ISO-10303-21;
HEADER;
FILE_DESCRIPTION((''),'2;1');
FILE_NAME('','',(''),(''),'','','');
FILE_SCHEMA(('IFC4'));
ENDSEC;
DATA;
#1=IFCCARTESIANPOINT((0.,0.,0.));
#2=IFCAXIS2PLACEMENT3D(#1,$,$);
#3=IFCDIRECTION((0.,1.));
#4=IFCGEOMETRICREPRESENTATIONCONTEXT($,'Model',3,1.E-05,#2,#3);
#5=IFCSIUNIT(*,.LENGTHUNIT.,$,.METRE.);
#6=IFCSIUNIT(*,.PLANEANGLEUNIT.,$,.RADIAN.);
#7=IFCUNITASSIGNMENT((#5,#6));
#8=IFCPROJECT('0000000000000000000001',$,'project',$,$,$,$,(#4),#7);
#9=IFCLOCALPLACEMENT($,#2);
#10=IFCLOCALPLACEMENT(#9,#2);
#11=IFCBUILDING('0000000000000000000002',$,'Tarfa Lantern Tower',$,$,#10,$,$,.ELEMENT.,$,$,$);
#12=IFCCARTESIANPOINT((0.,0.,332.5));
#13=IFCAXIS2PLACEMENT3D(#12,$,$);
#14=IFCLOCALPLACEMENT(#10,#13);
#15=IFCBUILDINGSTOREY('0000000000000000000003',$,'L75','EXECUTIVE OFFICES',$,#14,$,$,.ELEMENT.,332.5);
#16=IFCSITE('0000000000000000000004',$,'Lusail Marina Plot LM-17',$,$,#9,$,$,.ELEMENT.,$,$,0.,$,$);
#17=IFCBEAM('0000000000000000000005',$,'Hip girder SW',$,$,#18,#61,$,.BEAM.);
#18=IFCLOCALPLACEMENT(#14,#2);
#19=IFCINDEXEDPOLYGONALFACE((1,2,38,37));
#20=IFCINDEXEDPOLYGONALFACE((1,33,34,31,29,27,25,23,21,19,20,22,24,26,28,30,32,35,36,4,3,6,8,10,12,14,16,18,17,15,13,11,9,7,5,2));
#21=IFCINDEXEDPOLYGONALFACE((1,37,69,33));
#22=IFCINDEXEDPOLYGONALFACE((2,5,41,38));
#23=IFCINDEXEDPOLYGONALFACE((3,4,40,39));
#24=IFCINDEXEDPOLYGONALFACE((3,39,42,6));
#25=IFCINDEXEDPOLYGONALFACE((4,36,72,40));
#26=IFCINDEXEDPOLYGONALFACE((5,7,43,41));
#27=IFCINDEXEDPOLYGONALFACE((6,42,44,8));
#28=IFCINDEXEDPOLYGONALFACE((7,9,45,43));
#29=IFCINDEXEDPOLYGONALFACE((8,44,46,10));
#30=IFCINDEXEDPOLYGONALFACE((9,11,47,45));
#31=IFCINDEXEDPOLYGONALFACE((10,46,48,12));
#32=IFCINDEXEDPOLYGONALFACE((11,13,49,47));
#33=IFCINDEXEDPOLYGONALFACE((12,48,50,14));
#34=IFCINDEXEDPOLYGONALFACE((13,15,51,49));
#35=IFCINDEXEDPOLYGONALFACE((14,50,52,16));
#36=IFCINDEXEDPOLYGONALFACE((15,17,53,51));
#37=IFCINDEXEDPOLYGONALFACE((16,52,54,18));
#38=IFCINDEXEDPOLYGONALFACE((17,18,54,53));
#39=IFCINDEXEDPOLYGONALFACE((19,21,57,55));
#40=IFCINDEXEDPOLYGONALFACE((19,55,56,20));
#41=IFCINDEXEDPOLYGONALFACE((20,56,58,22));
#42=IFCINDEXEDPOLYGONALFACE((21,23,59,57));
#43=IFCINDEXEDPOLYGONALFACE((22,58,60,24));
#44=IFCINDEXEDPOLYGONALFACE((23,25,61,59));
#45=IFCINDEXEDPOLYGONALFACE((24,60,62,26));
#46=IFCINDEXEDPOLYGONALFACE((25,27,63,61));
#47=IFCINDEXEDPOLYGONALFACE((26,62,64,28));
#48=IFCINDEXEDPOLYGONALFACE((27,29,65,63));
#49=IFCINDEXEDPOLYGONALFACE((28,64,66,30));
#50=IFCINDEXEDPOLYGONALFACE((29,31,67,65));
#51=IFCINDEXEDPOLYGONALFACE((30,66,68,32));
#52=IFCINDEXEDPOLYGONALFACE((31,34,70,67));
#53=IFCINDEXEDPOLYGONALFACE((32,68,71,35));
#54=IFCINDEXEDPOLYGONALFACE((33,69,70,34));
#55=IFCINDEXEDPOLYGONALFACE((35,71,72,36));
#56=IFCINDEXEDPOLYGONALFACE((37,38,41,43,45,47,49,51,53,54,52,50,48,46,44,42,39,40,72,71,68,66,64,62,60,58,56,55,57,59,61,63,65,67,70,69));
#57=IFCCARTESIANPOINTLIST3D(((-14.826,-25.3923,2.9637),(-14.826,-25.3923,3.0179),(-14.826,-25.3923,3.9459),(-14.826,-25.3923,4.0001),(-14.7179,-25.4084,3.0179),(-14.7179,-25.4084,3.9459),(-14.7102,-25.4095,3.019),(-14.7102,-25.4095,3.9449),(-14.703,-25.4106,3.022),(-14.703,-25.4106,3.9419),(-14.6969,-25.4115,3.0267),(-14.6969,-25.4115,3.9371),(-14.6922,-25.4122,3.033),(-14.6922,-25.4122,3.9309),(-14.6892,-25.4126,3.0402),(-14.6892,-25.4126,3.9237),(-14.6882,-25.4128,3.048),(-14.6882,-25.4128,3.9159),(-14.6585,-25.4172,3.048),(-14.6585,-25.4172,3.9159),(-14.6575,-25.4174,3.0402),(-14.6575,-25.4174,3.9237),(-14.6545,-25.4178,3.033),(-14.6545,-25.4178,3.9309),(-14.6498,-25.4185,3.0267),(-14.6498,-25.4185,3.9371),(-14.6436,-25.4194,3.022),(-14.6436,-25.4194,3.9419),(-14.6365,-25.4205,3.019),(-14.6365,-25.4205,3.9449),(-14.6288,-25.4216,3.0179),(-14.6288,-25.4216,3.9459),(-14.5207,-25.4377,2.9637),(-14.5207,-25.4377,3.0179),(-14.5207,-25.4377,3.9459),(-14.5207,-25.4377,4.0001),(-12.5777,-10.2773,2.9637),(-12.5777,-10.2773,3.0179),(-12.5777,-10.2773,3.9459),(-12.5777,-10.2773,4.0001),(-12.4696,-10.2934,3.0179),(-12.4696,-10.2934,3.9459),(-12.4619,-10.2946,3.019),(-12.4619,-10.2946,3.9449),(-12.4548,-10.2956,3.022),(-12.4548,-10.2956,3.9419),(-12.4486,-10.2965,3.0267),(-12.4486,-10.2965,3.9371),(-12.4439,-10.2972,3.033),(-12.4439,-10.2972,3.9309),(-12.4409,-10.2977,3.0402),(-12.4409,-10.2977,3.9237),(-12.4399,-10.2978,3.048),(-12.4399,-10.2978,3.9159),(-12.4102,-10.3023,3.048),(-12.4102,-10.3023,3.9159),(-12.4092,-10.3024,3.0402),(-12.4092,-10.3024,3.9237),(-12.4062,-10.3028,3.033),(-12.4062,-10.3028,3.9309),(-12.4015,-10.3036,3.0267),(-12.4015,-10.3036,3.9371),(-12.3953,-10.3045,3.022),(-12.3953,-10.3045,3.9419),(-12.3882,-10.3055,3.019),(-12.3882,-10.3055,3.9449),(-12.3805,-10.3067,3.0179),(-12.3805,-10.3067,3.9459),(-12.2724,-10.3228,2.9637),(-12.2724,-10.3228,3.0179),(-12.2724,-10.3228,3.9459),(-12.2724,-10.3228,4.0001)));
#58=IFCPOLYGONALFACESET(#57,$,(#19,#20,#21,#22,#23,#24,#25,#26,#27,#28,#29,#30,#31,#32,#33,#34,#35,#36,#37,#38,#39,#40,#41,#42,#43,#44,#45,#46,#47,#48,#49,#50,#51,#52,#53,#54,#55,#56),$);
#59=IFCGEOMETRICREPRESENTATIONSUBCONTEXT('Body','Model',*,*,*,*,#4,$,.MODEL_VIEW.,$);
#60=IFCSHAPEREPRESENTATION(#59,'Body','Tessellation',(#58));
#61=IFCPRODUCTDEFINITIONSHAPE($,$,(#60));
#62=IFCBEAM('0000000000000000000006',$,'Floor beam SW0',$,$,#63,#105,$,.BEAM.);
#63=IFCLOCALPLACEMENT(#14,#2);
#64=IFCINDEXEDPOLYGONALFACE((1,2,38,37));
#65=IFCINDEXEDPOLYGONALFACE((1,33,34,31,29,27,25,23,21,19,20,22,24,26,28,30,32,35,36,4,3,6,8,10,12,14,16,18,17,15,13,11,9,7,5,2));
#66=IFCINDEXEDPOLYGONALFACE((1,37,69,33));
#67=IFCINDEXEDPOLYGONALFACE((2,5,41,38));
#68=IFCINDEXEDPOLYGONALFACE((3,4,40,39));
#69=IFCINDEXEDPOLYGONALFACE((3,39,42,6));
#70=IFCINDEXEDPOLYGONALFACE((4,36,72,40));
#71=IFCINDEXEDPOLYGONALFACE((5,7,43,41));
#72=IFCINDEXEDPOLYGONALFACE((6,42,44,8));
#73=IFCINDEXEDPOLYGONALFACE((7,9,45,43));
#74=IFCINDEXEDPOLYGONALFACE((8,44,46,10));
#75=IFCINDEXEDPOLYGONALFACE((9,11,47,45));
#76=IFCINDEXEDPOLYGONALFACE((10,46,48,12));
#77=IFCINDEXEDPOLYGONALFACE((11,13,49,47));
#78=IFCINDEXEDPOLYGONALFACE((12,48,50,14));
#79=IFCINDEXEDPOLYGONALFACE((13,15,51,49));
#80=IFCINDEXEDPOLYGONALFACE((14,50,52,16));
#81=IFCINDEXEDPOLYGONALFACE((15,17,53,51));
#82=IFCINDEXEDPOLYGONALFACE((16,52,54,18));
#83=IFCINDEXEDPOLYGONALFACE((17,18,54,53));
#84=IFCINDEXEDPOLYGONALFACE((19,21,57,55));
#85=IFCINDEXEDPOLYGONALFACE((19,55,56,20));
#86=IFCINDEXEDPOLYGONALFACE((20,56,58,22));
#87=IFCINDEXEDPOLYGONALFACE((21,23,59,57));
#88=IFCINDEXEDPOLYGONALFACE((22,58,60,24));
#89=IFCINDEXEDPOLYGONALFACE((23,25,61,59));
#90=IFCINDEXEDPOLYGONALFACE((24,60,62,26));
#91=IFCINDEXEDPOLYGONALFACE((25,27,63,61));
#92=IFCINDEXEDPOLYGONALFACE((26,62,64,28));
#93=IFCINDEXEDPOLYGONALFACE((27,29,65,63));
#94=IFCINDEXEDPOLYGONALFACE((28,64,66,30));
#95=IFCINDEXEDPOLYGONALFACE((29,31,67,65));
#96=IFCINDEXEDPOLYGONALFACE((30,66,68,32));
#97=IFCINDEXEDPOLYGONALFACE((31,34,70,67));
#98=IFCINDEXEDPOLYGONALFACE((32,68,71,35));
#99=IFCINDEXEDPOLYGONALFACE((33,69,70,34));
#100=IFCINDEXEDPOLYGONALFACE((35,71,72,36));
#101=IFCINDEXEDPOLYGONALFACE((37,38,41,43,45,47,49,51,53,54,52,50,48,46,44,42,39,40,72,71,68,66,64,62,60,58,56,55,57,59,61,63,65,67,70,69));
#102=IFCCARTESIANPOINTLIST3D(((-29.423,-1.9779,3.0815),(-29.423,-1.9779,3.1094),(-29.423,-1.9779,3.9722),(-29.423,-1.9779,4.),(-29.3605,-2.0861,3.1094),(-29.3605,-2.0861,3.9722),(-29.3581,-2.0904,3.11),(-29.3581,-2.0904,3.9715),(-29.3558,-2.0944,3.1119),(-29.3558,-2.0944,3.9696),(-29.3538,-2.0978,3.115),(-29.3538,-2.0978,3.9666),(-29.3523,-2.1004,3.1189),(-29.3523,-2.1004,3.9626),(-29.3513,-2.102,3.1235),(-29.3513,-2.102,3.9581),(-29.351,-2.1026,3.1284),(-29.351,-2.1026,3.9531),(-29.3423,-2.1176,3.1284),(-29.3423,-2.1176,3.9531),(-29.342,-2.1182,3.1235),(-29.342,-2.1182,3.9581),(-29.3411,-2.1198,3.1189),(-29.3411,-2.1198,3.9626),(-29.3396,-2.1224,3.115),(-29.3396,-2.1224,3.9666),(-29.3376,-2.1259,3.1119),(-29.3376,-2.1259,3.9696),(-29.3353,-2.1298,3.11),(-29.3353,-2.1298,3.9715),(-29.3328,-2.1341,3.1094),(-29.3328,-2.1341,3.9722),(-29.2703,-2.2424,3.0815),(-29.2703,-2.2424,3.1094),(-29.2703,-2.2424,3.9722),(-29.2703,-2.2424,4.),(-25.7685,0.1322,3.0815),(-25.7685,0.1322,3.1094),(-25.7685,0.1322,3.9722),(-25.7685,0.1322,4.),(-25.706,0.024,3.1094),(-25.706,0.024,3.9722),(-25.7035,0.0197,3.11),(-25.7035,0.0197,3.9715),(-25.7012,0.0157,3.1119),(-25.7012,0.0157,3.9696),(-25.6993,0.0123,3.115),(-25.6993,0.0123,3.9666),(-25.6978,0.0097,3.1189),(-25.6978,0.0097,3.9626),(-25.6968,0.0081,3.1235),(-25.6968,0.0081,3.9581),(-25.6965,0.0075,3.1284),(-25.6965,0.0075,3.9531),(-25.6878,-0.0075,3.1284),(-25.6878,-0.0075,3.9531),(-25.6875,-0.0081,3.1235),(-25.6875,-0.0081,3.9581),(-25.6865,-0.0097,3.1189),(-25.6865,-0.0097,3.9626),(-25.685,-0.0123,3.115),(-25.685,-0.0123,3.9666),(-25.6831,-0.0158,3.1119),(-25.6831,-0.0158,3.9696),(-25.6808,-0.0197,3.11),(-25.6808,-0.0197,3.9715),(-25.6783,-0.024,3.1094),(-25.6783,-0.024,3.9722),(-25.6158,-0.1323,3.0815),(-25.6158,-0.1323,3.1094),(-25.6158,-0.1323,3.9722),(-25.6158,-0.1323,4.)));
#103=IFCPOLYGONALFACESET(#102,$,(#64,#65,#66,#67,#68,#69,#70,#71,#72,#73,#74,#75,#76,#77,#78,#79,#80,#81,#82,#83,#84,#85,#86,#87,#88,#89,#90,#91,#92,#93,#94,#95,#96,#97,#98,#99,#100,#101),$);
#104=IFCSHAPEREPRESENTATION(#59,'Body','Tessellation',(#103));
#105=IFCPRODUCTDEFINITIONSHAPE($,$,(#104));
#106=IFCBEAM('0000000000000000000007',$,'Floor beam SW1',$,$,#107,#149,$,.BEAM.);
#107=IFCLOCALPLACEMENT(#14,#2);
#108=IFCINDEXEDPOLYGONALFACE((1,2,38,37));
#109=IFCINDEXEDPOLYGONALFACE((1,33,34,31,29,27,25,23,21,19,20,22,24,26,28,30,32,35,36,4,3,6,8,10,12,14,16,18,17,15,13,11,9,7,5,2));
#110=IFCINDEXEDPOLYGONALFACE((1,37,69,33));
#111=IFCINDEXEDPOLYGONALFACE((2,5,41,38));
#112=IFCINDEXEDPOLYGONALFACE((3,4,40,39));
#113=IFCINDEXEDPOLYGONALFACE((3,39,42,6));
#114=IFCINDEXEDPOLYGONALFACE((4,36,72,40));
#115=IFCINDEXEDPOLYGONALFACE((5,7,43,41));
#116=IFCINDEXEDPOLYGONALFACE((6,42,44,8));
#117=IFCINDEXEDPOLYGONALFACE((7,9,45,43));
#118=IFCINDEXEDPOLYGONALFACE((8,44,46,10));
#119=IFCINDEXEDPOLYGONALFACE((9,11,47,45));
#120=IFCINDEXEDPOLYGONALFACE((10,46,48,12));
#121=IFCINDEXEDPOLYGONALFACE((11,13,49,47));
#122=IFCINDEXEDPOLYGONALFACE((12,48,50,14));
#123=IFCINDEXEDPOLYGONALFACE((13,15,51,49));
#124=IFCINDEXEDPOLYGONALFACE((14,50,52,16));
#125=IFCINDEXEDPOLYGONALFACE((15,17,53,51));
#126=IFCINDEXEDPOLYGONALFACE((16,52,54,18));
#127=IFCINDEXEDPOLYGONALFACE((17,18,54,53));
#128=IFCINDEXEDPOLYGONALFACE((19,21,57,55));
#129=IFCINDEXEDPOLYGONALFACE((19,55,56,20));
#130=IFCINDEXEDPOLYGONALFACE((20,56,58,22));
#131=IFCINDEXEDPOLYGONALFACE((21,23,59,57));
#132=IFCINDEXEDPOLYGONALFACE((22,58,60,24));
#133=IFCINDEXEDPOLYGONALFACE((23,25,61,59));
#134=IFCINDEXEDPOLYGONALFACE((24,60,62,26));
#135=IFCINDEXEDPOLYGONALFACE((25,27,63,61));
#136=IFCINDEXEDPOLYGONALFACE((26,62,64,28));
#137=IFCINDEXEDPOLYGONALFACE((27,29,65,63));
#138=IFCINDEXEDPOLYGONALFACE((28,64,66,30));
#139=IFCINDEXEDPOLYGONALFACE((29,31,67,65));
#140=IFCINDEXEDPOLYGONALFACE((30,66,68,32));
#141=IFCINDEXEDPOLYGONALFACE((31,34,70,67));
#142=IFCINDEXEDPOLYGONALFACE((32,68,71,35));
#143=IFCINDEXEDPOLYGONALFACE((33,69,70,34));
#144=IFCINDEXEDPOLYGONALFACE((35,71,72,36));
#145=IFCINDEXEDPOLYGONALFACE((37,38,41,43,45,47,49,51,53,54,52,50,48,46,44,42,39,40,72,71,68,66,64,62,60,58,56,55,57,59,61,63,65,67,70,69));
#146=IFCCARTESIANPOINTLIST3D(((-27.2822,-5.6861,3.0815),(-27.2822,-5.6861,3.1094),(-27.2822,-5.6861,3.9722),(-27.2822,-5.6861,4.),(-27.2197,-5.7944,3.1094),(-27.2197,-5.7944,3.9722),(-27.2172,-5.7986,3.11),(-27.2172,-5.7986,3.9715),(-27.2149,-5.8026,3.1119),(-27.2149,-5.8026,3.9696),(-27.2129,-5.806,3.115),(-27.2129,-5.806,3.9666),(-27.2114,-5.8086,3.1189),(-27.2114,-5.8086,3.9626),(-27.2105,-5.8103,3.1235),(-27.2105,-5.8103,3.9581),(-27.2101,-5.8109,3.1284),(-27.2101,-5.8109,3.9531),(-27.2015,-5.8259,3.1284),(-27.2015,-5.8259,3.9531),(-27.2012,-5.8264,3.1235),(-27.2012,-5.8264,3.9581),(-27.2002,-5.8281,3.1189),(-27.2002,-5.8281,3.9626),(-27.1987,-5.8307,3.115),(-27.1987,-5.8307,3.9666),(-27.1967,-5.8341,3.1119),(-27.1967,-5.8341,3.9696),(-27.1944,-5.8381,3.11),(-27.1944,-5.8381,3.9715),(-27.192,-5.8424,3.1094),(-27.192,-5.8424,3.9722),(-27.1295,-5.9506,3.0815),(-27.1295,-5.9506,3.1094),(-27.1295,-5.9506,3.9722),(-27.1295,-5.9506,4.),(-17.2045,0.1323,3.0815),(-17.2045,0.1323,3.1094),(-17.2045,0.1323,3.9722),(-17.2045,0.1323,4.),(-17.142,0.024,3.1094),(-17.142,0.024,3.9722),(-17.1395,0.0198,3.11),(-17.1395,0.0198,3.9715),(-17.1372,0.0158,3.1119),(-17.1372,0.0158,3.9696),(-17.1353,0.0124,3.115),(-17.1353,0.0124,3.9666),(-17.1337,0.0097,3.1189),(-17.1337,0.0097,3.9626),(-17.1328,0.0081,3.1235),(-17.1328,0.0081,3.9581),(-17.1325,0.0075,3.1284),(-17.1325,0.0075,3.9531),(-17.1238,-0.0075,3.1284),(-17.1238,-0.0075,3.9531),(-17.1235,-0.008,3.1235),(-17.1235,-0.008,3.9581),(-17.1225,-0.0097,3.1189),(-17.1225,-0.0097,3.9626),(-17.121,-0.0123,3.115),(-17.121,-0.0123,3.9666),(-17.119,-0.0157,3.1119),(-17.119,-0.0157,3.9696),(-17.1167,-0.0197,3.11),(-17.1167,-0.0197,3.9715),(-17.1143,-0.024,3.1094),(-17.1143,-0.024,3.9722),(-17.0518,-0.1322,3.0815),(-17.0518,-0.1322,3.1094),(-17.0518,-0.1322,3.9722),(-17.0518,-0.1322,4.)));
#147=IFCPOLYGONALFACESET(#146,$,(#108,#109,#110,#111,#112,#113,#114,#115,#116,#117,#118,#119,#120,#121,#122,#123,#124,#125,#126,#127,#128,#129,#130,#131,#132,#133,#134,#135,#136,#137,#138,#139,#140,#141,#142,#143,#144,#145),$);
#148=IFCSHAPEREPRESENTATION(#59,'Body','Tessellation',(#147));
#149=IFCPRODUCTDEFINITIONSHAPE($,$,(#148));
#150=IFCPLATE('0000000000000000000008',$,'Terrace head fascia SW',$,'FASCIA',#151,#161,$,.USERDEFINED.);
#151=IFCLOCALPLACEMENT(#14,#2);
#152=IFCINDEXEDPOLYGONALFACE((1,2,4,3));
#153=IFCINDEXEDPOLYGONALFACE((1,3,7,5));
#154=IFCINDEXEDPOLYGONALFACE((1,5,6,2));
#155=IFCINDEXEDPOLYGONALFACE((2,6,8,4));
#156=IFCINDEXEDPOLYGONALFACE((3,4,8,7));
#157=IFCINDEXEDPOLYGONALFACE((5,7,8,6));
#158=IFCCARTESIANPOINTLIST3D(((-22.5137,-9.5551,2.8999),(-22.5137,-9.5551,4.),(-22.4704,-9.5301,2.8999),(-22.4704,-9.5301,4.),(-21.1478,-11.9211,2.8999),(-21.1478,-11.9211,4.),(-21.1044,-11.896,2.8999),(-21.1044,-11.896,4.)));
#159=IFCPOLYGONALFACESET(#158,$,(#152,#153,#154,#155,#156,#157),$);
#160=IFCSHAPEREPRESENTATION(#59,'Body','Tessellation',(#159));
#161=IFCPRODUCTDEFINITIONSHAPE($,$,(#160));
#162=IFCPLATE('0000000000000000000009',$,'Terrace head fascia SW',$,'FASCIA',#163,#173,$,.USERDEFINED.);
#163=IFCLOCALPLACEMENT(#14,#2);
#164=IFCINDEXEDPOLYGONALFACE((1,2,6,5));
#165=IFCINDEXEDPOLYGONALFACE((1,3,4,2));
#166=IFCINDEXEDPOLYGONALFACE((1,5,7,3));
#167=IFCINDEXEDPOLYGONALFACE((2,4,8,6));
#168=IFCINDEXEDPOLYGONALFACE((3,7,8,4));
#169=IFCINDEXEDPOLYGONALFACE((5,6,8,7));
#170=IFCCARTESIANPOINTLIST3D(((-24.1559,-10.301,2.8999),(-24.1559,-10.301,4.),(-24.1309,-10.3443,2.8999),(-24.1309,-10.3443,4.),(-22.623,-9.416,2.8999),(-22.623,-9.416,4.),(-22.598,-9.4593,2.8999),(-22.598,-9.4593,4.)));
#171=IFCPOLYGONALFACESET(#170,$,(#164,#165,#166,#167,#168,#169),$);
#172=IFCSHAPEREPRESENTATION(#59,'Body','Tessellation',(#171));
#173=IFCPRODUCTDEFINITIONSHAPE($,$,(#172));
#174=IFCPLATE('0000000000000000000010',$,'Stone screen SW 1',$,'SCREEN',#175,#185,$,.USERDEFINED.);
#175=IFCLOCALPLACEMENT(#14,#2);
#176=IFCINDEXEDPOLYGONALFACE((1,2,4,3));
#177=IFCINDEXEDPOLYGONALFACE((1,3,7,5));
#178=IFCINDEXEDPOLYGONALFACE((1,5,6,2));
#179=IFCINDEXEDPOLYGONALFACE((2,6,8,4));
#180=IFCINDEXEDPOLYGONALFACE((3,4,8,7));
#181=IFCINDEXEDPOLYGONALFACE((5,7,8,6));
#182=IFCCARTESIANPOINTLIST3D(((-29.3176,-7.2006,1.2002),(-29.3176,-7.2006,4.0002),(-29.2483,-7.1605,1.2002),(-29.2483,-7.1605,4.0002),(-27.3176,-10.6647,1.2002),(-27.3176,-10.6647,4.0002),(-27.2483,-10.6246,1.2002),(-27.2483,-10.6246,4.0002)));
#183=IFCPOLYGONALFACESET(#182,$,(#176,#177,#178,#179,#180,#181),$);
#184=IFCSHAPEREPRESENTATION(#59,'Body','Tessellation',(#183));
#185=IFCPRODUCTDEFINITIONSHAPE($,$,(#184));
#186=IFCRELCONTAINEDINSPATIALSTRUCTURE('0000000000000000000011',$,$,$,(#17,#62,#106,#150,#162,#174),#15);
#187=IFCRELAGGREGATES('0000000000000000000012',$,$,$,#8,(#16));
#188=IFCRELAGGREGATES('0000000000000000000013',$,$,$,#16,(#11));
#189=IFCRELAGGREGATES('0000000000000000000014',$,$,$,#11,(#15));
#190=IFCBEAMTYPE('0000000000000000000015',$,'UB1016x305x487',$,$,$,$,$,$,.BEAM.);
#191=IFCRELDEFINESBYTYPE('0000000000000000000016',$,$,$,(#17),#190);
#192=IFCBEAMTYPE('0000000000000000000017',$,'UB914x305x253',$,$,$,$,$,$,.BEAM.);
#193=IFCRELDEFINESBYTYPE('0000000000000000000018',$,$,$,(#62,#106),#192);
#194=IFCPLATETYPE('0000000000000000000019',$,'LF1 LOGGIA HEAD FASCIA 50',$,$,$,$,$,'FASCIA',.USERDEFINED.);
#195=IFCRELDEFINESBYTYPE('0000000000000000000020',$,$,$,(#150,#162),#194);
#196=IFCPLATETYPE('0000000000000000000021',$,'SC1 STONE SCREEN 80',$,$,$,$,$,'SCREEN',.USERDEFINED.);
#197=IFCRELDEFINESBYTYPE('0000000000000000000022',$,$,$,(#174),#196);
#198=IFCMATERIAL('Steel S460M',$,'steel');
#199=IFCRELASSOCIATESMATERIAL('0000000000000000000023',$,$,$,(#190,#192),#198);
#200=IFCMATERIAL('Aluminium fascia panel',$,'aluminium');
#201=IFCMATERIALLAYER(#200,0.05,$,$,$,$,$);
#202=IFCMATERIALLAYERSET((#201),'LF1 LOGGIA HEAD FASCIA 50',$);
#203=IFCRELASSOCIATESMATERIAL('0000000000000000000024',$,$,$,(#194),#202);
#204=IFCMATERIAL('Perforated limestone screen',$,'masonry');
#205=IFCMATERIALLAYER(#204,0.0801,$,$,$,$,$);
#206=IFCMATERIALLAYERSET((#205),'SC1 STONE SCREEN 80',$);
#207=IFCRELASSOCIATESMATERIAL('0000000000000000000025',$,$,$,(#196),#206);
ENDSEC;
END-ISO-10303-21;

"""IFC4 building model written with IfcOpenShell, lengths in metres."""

from ifc_helpers import new_model, si_unit, direction, frame, origin, origin_2d, place, context, subcontext, project, spatial, rectangle, i_section, extrude, material, layer, layer_set, material_profile, profile_set, type_object, element, save


model = new_model("IFC4")

# Units and contexts
model_context = context("Model", 3, precision=1e-05, world=origin(), true_north=direction((0.0, 1.0)))
body_context = subcontext(model_context, "Body", "Model", "MODEL_VIEW")
ifc_project = project(units=[si_unit("LENGTHUNIT", "METRE"), si_unit("PLANEANGLEUNIT", "RADIAN")], contexts=[model_context])

# Site, building, storey
site_placement = place(None, origin())
site = spatial("IfcSite", under=ifc_project, at=site_placement, Name="Lusail Marina Plot LM-17", CompositionType="ELEMENT", RefElevation=0.0)
building_placement = place(site_placement, origin())
building = spatial("IfcBuilding", under=site, at=building_placement, Name="Tarfa Lantern Tower", CompositionType="ELEMENT")
storey_placement = place(building_placement, frame((0.0, 0.0, 332.5)))
storey = spatial("IfcBuildingStorey", under=building, at=storey_placement, Name="L75", Description="EXECUTIVE OFFICES", CompositionType="ELEMENT", Elevation=332.5)

# Beams
ifc_material_1 = material(Name="Steel S460M", Category="steel")
ifc_material_profile_1 = material_profile(ifc_material_1, i_section(OverallWidth=0.3086, OverallDepth=1.0364, WebThickness=0.03, FlangeThickness=0.0542, FilletRadius=0.03, at=origin_2d()), Name="UB1016x305x487")
ifc_profile_set_1 = profile_set([ifc_material_profile_1], Name="Steel S460M")
beam_type_1 = type_object("IfcBeamType", Name="UB1016x305x487", PredefinedType="BEAM", material=ifc_profile_set_1)
beam_1_placement = place(storey_placement, frame((-12.425, -10.3, 3.4819), z_axis=(-0.147127, -0.989118, 0.0), x_axis=(0.989118, -0.147127, 0.0)))
element("IfcBeam", 1, at=beam_1_placement, inside=storey, type_object=beam_type_1, Name="Hip girder SW", PredefinedType="BEAM", context=body_context, shape_type="SweptSolid", body=[
    extrude(i_section(OverallWidth=0.3086, OverallDepth=1.0364, WebThickness=0.03, FlangeThickness=0.0542, FilletRadius=0.03, at=origin_2d()), origin(), (0.0, 0.0, 1.0), 15.2812),
])
ifc_material_profile_2 = material_profile(ifc_material_1, i_section(OverallWidth=0.3054, OverallDepth=0.9185, WebThickness=0.0173, FlangeThickness=0.0278, FilletRadius=0.019, at=origin_2d()), Name="UB914x305x253")
ifc_profile_set_2 = profile_set([ifc_material_profile_2], Name="Steel S460M")
beam_type_2 = type_object("IfcBeamType", Name="UB914x305x253", PredefinedType="BEAM", material=ifc_profile_set_2)
beam_2_placement = place(storey_placement, frame((-29.3467, -2.1101, 3.5408), z_axis=(0.866009, 0.500028, 0.0), x_axis=(-0.500028, 0.866009, 0.0)))
element("IfcBeam", 2, at=beam_2_placement, inside=storey, type_object=beam_type_2, Name="Floor beam SW0", PredefinedType="BEAM", context=body_context, shape_type="SweptSolid", body=[
    extrude(i_section(OverallWidth=0.3054, OverallDepth=0.9185, WebThickness=0.0173, FlangeThickness=0.0278, FilletRadius=0.019, at=origin_2d()), origin(), (0.0, 0.0, 1.0), 4.22),
])
beam_3_placement = place(storey_placement, frame((-27.2058, -5.8184, 3.5408), z_axis=(0.866024, 0.500002, 0.0), x_axis=(-0.500002, 0.866024, 0.0)))
element("IfcBeam", 3, at=beam_3_placement, inside=storey, type_object=beam_type_2, Name="Floor beam SW1", PredefinedType="BEAM", context=body_context, shape_type="SweptSolid", body=[
    extrude(i_section(OverallWidth=0.3054, OverallDepth=0.9185, WebThickness=0.0173, FlangeThickness=0.0278, FilletRadius=0.019, at=origin_2d()), origin(), (0.0, 0.0, 1.0), 11.6367),
])

# Plates
ifc_material_2 = material(Name="Aluminium fascia panel", Category="aluminium")
ifc_layer_1 = layer(ifc_material_2, 0.05)
ifc_layer_set_1 = layer_set([ifc_layer_1], Name="LF1 LOGGIA HEAD FASCIA 50")
plate_type_1 = type_object("IfcPlateType", Name="LF1 LOGGIA HEAD FASCIA 50", ElementType="FASCIA", PredefinedType="USERDEFINED", material=ifc_layer_set_1)
plate_1_placement = place(storey_placement, frame((-21.8091, -10.7256, 2.8999), z_axis=(0.0, 0.0, 1.0), x_axis=(0.5, -0.866025, 0.0)))
element("IfcPlate", 4, at=plate_1_placement, inside=storey, type_object=plate_type_1, Name="Terrace head fascia SW", ObjectType="FASCIA", PredefinedType="USERDEFINED", context=body_context, shape_type="SweptSolid", body=[
    extrude(rectangle(XDim=2.7319, YDim=0.05, at=origin_2d()), origin(), (0.0, 0.0, 1.0), 1.1001),
])
plate_2_placement = place(storey_placement, frame((-23.377, -9.8801, 2.8999), z_axis=(0.0, 0.0, 1.0), x_axis=(0.866025, 0.5, 0.0)))
element("IfcPlate", 5, at=plate_2_placement, inside=storey, type_object=plate_type_1, Name="Terrace head fascia SW", ObjectType="FASCIA", PredefinedType="USERDEFINED", context=body_context, shape_type="SweptSolid", body=[
    extrude(rectangle(XDim=1.77, YDim=0.05, at=origin_2d()), origin(), (0.0, 0.0, 1.0), 1.1001),
])
ifc_material_3 = material(Name="Perforated limestone screen", Category="masonry")
ifc_layer_2 = layer(ifc_material_3, 0.0801)
ifc_layer_set_2 = layer_set([ifc_layer_2], Name="SC1 STONE SCREEN 80")
plate_type_2 = type_object("IfcPlateType", Name="SC1 STONE SCREEN 80", ElementType="SCREEN", PredefinedType="USERDEFINED", material=ifc_layer_set_2)
plate_3_placement = place(storey_placement, frame((-28.283, -8.9126, 1.2002), z_axis=(0.0, 0.0, 1.0), x_axis=(0.5, -0.866025, 0.0)))
element("IfcPlate", 6, at=plate_3_placement, inside=storey, type_object=plate_type_2, Name="Stone screen SW 1", ObjectType="SCREEN", PredefinedType="USERDEFINED", context=body_context, shape_type="SweptSolid", body=[
    extrude(rectangle(XDim=4.0, YDim=0.0801, at=origin_2d()), origin(), (0.0, 0.0, 1.0), 2.8),
])

save(model, "model.ifc")
